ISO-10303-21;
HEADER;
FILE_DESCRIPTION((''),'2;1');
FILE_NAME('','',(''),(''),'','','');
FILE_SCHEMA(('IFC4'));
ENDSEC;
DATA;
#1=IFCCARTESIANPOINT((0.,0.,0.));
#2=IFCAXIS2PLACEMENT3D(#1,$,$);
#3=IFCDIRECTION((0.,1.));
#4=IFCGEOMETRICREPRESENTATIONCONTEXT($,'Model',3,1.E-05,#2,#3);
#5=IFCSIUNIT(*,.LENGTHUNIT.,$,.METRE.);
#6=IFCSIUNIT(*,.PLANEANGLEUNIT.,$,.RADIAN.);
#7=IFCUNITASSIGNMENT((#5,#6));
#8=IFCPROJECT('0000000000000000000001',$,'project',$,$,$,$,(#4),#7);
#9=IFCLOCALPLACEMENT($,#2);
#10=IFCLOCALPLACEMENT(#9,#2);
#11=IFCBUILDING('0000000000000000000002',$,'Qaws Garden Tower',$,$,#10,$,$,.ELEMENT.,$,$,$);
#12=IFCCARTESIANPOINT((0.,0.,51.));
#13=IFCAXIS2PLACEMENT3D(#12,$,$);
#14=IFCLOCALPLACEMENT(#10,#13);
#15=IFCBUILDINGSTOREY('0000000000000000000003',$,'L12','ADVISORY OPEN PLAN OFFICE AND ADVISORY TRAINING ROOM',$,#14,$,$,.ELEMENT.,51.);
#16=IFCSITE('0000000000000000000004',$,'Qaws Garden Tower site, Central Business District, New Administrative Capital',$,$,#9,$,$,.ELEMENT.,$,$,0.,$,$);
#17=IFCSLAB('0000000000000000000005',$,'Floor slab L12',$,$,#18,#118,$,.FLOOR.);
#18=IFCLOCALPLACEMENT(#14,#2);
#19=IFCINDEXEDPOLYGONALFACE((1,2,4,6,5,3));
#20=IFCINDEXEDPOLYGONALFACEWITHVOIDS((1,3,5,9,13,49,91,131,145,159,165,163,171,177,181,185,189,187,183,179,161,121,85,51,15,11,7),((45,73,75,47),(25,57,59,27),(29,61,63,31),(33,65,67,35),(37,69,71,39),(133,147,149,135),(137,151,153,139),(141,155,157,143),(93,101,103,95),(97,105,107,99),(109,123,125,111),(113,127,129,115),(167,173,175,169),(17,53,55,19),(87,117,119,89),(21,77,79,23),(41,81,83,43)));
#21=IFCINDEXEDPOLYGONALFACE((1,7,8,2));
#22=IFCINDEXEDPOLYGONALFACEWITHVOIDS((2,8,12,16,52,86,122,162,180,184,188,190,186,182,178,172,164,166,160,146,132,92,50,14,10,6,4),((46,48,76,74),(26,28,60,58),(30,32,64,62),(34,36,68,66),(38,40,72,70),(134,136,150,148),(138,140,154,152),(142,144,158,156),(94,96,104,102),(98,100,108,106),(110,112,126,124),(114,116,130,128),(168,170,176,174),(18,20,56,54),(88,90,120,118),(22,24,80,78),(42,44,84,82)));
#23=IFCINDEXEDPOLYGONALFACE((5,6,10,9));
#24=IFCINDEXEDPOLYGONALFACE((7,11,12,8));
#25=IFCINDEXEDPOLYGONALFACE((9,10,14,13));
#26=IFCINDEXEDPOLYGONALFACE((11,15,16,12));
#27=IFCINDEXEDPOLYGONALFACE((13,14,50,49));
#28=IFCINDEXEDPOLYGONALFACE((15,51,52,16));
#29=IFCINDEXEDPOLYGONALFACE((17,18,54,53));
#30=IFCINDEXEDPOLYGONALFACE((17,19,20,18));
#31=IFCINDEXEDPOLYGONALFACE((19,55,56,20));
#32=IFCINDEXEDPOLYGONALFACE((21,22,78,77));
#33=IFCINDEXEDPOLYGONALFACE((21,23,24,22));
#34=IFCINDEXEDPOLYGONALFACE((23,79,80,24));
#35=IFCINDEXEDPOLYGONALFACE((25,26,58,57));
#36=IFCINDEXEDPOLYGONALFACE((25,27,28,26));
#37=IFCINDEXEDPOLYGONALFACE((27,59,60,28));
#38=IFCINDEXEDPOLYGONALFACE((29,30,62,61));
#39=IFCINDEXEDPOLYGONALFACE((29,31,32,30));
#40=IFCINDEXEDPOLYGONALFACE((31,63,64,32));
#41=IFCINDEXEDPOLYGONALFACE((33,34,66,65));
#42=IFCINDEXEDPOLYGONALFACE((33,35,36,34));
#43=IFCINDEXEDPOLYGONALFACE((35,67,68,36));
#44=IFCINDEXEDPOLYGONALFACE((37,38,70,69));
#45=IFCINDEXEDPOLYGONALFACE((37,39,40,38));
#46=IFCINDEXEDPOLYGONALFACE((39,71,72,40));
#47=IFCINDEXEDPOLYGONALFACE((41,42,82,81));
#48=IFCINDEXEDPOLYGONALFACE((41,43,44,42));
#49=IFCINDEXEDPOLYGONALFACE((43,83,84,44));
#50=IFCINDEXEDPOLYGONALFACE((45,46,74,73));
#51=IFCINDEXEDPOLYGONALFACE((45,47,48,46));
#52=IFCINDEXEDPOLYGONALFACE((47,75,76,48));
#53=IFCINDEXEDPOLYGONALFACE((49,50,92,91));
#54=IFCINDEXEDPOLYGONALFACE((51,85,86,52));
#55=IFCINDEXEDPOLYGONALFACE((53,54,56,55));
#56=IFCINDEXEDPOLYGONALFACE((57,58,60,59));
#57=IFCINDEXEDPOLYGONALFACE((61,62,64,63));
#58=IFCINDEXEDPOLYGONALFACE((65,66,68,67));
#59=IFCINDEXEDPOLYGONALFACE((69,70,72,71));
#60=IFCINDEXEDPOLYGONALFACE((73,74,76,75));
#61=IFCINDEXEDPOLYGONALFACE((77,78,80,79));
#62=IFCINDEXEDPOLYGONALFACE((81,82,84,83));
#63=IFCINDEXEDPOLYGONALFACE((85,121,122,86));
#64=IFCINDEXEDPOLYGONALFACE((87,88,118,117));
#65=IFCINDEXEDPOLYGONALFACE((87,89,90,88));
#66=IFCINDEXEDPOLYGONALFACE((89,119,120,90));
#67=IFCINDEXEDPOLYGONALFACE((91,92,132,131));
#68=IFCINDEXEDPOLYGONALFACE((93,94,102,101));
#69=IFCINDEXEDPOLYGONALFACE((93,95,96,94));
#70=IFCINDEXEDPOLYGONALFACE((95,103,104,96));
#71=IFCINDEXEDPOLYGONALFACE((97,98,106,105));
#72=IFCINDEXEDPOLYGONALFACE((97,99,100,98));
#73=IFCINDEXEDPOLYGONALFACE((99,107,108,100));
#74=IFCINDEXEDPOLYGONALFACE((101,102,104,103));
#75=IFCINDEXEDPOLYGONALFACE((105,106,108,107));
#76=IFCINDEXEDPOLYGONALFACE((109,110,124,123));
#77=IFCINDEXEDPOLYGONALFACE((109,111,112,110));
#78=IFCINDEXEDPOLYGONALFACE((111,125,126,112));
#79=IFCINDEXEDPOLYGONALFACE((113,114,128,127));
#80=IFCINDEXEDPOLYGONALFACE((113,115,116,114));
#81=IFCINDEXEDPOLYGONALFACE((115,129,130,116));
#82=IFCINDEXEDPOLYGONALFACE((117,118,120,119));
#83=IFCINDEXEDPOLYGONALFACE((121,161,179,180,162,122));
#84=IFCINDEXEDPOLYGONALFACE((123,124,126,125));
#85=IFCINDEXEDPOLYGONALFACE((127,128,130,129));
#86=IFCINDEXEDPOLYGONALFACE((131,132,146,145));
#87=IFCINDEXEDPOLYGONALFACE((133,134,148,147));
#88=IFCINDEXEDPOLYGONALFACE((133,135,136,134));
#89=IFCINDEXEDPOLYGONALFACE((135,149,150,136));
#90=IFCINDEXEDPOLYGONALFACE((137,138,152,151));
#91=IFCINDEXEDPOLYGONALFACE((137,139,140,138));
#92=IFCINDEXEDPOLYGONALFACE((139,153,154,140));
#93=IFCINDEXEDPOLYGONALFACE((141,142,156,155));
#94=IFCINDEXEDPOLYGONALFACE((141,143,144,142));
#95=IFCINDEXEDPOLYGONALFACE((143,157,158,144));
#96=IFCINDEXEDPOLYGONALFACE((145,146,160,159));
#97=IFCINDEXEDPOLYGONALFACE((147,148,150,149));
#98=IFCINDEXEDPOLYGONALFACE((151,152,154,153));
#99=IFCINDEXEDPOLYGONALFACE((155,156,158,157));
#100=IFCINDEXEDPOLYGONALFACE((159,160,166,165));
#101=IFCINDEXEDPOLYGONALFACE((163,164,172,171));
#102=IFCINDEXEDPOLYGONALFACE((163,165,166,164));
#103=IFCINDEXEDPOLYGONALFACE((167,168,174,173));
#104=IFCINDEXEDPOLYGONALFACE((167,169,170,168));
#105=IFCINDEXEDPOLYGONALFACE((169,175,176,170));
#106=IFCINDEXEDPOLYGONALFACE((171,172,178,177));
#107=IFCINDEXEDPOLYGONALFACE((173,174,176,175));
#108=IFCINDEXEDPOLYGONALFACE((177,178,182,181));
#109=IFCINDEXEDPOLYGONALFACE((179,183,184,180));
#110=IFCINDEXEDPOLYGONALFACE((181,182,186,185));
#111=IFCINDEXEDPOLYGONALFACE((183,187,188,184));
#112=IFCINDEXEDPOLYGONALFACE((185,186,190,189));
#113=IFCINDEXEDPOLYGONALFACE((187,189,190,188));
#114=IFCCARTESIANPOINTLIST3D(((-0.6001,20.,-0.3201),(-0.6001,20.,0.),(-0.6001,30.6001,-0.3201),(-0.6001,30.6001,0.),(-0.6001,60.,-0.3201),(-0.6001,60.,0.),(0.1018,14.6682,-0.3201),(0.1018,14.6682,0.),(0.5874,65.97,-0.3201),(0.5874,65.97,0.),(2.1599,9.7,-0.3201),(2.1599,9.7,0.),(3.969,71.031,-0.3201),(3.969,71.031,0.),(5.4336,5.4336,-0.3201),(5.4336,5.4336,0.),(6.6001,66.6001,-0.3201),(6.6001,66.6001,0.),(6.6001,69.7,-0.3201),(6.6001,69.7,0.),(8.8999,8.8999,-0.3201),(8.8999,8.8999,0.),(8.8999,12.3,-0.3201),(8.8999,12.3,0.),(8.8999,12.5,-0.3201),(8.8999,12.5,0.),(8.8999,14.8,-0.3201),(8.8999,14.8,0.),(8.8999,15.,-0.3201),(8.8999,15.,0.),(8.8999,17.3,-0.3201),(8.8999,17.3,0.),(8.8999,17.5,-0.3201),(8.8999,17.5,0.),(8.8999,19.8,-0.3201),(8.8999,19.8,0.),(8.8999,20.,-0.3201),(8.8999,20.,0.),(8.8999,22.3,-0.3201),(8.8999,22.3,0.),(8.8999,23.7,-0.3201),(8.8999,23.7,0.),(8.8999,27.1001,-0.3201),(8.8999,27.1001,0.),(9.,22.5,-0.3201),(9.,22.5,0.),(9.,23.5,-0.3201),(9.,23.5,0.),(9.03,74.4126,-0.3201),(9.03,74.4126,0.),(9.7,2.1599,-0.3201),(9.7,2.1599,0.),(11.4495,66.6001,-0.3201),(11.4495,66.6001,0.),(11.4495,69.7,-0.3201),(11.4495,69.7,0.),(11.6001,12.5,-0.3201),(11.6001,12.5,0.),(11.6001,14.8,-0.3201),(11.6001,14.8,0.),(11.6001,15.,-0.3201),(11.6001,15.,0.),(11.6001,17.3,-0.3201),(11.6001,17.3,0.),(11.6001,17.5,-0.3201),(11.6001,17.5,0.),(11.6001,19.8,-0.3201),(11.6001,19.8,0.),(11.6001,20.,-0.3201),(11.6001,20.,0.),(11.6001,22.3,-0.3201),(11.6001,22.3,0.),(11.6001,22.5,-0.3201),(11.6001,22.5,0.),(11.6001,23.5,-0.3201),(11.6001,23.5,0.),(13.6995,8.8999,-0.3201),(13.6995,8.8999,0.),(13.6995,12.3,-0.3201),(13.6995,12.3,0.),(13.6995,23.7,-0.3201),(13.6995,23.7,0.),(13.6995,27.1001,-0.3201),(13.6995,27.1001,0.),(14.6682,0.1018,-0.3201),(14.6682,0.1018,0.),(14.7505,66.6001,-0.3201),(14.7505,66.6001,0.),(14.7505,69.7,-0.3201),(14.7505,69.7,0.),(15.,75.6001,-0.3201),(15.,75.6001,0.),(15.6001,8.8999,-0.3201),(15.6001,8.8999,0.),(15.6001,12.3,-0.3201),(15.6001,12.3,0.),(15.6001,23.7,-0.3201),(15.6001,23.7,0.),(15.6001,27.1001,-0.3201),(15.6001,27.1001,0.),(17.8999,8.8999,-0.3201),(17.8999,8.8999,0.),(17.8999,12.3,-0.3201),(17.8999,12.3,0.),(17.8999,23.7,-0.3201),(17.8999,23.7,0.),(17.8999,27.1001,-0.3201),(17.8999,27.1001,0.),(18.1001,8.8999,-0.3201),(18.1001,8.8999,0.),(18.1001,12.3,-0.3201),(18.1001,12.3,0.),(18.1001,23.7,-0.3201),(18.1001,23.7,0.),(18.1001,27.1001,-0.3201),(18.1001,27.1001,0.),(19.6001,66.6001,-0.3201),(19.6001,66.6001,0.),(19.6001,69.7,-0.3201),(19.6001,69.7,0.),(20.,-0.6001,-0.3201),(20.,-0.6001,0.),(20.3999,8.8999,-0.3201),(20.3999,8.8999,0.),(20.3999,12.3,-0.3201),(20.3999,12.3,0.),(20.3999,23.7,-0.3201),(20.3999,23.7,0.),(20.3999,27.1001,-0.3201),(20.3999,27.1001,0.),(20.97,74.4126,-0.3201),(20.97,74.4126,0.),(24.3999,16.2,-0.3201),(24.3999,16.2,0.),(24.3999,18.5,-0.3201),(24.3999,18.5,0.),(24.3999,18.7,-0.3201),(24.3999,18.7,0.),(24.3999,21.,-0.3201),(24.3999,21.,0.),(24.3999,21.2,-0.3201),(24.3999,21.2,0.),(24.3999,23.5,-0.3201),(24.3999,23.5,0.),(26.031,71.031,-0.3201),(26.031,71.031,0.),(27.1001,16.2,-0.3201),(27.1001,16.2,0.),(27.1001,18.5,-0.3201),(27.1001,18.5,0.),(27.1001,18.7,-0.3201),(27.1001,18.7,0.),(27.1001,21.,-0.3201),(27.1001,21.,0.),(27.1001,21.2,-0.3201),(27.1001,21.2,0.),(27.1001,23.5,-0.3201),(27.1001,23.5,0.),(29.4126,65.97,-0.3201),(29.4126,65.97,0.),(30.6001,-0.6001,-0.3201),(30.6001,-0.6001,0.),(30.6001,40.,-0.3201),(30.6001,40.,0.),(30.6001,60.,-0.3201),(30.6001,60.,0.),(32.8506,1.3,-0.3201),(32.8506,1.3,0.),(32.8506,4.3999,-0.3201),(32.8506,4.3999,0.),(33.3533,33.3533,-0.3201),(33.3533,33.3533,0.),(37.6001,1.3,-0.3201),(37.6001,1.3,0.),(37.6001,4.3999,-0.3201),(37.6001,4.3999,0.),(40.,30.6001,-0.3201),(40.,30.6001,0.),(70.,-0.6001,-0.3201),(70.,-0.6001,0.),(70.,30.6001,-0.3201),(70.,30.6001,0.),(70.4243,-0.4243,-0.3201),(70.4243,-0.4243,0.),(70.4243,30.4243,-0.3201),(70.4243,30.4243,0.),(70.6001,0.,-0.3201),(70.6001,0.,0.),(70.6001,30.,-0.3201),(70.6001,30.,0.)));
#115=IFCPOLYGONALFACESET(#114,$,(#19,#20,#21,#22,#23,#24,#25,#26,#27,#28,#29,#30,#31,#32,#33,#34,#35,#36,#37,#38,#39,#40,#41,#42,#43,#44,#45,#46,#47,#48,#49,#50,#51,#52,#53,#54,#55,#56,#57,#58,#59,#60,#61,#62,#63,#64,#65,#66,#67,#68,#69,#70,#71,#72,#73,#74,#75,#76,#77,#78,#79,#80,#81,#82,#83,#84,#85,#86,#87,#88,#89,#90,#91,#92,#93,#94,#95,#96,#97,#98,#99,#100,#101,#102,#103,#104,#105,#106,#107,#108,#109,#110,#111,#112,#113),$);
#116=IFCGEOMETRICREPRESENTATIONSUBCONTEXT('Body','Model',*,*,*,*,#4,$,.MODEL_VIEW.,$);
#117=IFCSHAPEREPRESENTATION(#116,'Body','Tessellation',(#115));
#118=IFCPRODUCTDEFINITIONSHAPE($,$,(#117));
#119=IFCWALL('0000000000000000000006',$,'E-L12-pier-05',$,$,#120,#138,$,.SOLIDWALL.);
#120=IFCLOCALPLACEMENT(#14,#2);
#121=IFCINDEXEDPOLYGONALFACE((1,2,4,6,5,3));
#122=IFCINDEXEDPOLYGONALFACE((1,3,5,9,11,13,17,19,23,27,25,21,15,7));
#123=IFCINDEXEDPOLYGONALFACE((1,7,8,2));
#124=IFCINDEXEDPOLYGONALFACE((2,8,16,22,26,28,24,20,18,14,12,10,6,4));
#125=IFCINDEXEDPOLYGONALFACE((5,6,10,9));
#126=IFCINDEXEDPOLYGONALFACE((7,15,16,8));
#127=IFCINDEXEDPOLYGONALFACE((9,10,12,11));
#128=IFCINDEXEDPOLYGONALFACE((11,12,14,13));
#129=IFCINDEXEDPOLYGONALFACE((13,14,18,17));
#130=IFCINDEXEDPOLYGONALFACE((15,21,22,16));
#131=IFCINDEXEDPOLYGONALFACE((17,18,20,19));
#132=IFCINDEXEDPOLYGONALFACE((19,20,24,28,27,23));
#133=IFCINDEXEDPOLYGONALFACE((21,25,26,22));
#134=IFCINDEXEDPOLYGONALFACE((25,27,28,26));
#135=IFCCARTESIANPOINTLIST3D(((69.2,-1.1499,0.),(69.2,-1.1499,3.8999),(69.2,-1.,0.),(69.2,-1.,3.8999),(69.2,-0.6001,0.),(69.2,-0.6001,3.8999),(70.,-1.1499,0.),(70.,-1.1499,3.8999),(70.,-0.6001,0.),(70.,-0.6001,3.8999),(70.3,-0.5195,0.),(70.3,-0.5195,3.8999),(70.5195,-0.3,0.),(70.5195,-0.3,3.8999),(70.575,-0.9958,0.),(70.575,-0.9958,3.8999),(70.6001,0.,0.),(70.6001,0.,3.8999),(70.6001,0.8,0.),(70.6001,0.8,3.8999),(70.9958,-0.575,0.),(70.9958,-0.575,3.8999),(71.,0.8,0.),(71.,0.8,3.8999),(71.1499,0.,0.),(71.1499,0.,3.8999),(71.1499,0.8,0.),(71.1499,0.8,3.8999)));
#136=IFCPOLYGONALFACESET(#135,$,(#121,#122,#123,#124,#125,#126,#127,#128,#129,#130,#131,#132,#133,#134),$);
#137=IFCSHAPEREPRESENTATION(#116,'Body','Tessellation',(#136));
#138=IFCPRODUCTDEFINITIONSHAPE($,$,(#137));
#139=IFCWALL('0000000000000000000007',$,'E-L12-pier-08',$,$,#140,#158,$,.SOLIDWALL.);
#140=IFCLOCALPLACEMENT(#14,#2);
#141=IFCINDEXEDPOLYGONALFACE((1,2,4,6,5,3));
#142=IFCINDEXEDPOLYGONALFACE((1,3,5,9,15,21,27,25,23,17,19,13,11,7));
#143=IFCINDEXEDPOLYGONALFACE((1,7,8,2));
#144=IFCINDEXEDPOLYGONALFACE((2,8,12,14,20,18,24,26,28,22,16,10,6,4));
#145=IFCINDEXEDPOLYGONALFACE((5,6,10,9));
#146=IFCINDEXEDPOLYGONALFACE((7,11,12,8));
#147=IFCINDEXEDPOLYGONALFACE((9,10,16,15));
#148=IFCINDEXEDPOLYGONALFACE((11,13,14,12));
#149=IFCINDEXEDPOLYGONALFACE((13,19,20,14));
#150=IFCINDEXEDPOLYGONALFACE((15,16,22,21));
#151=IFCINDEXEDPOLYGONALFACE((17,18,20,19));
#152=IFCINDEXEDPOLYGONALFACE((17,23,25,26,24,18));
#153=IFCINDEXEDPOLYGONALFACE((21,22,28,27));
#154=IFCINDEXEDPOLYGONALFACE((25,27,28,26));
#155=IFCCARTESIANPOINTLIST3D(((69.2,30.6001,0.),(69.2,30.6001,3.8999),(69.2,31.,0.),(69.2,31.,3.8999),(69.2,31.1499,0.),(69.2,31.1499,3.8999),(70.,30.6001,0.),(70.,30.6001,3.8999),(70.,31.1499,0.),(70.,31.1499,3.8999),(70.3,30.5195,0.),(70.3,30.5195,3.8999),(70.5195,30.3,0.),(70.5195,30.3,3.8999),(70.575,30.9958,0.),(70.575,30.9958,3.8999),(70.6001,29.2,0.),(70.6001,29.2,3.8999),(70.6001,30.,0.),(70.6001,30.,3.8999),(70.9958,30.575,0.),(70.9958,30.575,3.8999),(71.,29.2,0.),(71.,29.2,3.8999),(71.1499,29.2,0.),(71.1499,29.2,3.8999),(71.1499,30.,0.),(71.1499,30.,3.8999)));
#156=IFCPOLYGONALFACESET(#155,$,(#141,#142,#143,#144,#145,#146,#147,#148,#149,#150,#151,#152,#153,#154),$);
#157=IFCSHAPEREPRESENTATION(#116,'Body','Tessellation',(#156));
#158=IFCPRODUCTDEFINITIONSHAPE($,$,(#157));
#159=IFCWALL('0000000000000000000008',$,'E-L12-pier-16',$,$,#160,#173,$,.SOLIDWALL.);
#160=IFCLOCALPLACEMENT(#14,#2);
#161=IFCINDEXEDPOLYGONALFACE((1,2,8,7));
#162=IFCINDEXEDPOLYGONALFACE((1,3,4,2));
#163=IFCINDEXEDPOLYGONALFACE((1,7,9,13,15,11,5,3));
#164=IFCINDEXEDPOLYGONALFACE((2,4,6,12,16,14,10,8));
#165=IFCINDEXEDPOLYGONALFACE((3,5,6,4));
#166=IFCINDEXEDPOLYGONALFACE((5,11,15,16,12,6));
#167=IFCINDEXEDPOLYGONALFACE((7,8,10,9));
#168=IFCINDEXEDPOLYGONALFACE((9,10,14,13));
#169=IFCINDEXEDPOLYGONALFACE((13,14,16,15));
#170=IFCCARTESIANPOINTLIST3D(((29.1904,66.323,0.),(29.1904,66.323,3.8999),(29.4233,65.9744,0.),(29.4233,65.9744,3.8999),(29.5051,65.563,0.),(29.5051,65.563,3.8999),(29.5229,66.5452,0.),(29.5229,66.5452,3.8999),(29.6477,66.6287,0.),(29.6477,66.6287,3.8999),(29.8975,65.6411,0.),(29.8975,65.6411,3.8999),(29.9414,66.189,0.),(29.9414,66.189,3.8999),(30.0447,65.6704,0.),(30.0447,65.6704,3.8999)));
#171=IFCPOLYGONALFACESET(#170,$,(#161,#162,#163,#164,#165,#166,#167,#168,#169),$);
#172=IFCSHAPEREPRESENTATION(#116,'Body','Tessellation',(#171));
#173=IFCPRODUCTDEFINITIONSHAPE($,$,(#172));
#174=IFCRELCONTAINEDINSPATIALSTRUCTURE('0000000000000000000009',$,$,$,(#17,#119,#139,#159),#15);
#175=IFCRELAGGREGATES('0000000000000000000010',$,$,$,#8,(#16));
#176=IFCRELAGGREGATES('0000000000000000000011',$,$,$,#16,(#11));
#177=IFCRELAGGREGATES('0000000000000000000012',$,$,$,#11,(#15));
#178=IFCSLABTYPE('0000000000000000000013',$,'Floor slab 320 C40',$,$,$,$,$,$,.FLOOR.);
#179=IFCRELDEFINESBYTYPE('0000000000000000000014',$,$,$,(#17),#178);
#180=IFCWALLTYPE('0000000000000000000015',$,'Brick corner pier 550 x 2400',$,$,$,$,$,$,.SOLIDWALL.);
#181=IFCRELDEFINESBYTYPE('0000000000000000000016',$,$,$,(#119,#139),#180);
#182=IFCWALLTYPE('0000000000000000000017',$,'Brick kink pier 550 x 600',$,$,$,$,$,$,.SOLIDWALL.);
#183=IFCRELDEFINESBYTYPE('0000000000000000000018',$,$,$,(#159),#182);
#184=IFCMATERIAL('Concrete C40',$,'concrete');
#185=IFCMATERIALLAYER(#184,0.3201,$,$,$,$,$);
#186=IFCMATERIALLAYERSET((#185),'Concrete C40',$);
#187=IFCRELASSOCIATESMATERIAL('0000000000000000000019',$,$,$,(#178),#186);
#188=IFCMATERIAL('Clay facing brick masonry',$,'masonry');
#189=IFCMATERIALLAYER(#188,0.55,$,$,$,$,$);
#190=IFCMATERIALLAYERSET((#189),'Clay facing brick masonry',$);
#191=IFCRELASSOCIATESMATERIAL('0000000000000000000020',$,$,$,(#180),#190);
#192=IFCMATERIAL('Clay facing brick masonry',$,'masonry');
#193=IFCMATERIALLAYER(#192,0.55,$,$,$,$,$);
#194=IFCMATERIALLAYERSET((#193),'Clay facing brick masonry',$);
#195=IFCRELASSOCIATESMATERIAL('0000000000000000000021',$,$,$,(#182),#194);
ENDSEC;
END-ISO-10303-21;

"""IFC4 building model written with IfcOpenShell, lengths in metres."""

from ifc_helpers import new_model, si_unit, direction, frame, origin, place, context, subcontext, project, spatial, polyline, outline, extrude, material, layer, layer_set, type_object, element, save


model = new_model("IFC4")

# Units and contexts
model_context = context("Model", 3, precision=1e-05, world=origin(), true_north=direction((0.0, 1.0)))
body_context = subcontext(model_context, "Body", "Model", "MODEL_VIEW")
ifc_project = project(units=[si_unit("LENGTHUNIT", "METRE"), si_unit("PLANEANGLEUNIT", "RADIAN")], contexts=[model_context])

# Site, building, storey
site_placement = place(None, origin())
site = spatial("IfcSite", under=ifc_project, at=site_placement, Name="Qaws Garden Tower site, Central Business District, New Administrative Capital", CompositionType="ELEMENT", RefElevation=0.0)
building_placement = place(site_placement, origin())
building = spatial("IfcBuilding", under=site, at=building_placement, Name="Qaws Garden Tower", CompositionType="ELEMENT")
storey_placement = place(building_placement, frame((0.0, 0.0, 51.0)))
storey = spatial("IfcBuildingStorey", under=building, at=storey_placement, Name="L12", Description="ADVISORY OPEN PLAN OFFICE AND ADVISORY TRAINING ROOM", CompositionType="ELEMENT", Elevation=51.0)

# Slab
ifc_material_1 = material(Name="Concrete C40", Category="concrete")
ifc_layer_1 = layer(ifc_material_1, 0.3201)
ifc_layer_set_1 = layer_set([ifc_layer_1], Name="Concrete C40")
slab_type = type_object("IfcSlabType", Name="Floor slab 320 C40", PredefinedType="FLOOR", material=ifc_layer_set_1)
slab_placement = place(storey_placement, frame((0.0, 0.0, -0.3201)))
element("IfcSlab", 1, at=slab_placement, inside=storey, type_object=slab_type, Name="Floor slab L12", PredefinedType="FLOOR", context=body_context, shape_type="SweptSolid", body=[
    extrude(outline(polyline([(0.1018, 14.6682), (-0.6001, 20.0), (-0.6001, 30.6001), (-0.6001, 60.0), (-0.6001, 60.0), (0.5874, 65.97), (3.969, 71.031), (9.03, 74.4126), (15.0, 75.6001), (20.97, 74.4126), (26.031, 71.031), (29.4126, 65.97), (30.6001, 60.0), (30.6001, 40.0), (33.3533, 33.3533), (40.0, 30.6001), (70.0, 30.6001), (70.4243, 30.4243), (70.6001, 30.0), (70.6001, 0.0), (70.4243, -0.4243), (70.0, -0.6001), (30.6001, -0.6001), (20.0, -0.6001), (14.6682, 0.1018), (9.7, 2.1599), (5.4336, 5.4336), (2.1599, 9.7), (0.1018, 14.6682)]), holes=[polyline([(13.6995, 12.3), (8.8999, 12.3), (8.8999, 8.8999), (13.6995, 8.8999), (13.6995, 12.3)]), polyline([(17.8999, 12.3), (15.6001, 12.3), (15.6001, 8.8999), (17.8999, 8.8999), (17.8999, 12.3)]), polyline([(11.6001, 14.8), (8.8999, 14.8), (8.8999, 12.5), (11.6001, 12.5), (11.6001, 14.8)]), polyline([(11.6001, 17.3), (8.8999, 17.3), (8.8999, 15.0), (11.6001, 15.0), (11.6001, 17.3)]), polyline([(11.6001, 19.8), (8.8999, 19.8), (8.8999, 17.5), (11.6001, 17.5), (11.6001, 19.8)]), polyline([(11.6001, 22.3), (8.8999, 22.3), (8.8999, 20.0), (11.6001, 20.0), (11.6001, 22.3)]), polyline([(11.6001, 23.5), (9.0, 23.5), (9.0, 22.5), (11.6001, 22.5), (11.6001, 23.5)]), polyline([(13.6995, 27.1001), (8.8999, 27.1001), (8.8999, 23.7), (13.6995, 23.7), (13.6995, 27.1001)]), polyline([(11.4495, 69.7), (6.6001, 69.7), (6.6001, 66.6001), (11.4495, 66.6001), (11.4495, 69.7)]), polyline([(37.6001, 4.3999), (32.8506, 4.3999), (32.8506, 1.3), (37.6001, 1.3), (37.6001, 4.3999)]), polyline([(20.3999, 12.3), (18.1001, 12.3), (18.1001, 8.8999), (20.3999, 8.8999), (20.3999, 12.3)]), polyline([(27.1001, 18.5), (24.3999, 18.5), (24.3999, 16.2), (27.1001, 16.2), (27.1001, 18.5)]), polyline([(27.1001, 21.0), (24.3999, 21.0), (24.3999, 18.7), (27.1001, 18.7), (27.1001, 21.0)]), polyline([(27.1001, 23.5), (24.3999, 23.5), (24.3999, 21.2), (27.1001, 21.2), (27.1001, 23.5)]), polyline([(17.8999, 27.1001), (15.6001, 27.1001), (15.6001, 23.7), (17.8999, 23.7), (17.8999, 27.1001)]), polyline([(20.3999, 23.7), (20.3999, 27.1001), (18.1001, 27.1001), (18.1001, 23.7), (20.3999, 23.7)]), polyline([(19.6001, 66.6001), (19.6001, 69.7), (14.7505, 69.7), (14.7505, 66.6001), (19.6001, 66.6001)])]), origin(), (0.0, 0.0, 1.0), 0.3201),
])

# Walls
ifc_material_2 = material(Name="Clay facing brick masonry", Category="masonry")
ifc_layer_2 = layer(ifc_material_2, 0.55)
ifc_layer_set_2 = layer_set([ifc_layer_2], Name="Clay facing brick masonry")
wall_type_1 = type_object("IfcWallType", Name="Brick corner pier 550 x 2400", PredefinedType="SOLIDWALL", material=ifc_layer_set_2)
placement = place(storey_placement, origin())
element("IfcWall", 2, at=placement, inside=storey, type_object=wall_type_1, Name="E-L12-pier-05", PredefinedType="SOLIDWALL", context=body_context, shape_type="SweptSolid", body=[
    extrude(outline(polyline([(69.2, -1.0), (69.2, -1.1499), (70.0, -1.1499), (70.575, -0.9958), (70.9958, -0.575), (71.1499, 0.0), (71.1499, 0.8), (71.0, 0.8), (70.6001, 0.8), (70.6001, 0.0), (70.5195, -0.3), (70.3, -0.5195), (70.0, -0.6001), (69.2, -0.6001), (69.2, -1.0)])), origin(), (0.0, 0.0, 1.0), 3.8999),
])
element("IfcWall", 3, at=placement, inside=storey, type_object=wall_type_1, Name="E-L12-pier-08", PredefinedType="SOLIDWALL", context=body_context, shape_type="SweptSolid", body=[
    extrude(outline(polyline([(71.0, 29.2), (71.1499, 29.2), (71.1499, 30.0), (70.9958, 30.575), (70.575, 30.9958), (70.0, 31.1499), (69.2, 31.1499), (69.2, 31.0), (69.2, 30.6001), (70.0, 30.6001), (70.3, 30.5195), (70.5195, 30.3), (70.6001, 30.0), (70.6001, 29.2), (71.0, 29.2)])), origin(), (0.0, 0.0, 1.0), 3.8999),
])
ifc_material_3 = material(Name="Clay facing brick masonry", Category="masonry")
ifc_layer_3 = layer(ifc_material_3, 0.55)
ifc_layer_set_3 = layer_set([ifc_layer_3], Name="Clay facing brick masonry")
wall_type_2 = type_object("IfcWallType", Name="Brick kink pier 550 x 600", PredefinedType="SOLIDWALL", material=ifc_layer_set_3)
element("IfcWall", 4, at=placement, inside=storey, type_object=wall_type_2, Name="E-L12-pier-16", PredefinedType="SOLIDWALL", context=body_context, shape_type="SweptSolid", body=[
    extrude(outline(polyline([(29.8975, 65.6411), (30.0447, 65.6704), (29.9414, 66.189), (29.6477, 66.6287), (29.5229, 66.5452), (29.1904, 66.323), (29.4233, 65.9744), (29.5051, 65.563), (29.8975, 65.6411)])), origin(), (0.0, 0.0, 1.0), 3.8999),
])

save(model, "model.ifc")
